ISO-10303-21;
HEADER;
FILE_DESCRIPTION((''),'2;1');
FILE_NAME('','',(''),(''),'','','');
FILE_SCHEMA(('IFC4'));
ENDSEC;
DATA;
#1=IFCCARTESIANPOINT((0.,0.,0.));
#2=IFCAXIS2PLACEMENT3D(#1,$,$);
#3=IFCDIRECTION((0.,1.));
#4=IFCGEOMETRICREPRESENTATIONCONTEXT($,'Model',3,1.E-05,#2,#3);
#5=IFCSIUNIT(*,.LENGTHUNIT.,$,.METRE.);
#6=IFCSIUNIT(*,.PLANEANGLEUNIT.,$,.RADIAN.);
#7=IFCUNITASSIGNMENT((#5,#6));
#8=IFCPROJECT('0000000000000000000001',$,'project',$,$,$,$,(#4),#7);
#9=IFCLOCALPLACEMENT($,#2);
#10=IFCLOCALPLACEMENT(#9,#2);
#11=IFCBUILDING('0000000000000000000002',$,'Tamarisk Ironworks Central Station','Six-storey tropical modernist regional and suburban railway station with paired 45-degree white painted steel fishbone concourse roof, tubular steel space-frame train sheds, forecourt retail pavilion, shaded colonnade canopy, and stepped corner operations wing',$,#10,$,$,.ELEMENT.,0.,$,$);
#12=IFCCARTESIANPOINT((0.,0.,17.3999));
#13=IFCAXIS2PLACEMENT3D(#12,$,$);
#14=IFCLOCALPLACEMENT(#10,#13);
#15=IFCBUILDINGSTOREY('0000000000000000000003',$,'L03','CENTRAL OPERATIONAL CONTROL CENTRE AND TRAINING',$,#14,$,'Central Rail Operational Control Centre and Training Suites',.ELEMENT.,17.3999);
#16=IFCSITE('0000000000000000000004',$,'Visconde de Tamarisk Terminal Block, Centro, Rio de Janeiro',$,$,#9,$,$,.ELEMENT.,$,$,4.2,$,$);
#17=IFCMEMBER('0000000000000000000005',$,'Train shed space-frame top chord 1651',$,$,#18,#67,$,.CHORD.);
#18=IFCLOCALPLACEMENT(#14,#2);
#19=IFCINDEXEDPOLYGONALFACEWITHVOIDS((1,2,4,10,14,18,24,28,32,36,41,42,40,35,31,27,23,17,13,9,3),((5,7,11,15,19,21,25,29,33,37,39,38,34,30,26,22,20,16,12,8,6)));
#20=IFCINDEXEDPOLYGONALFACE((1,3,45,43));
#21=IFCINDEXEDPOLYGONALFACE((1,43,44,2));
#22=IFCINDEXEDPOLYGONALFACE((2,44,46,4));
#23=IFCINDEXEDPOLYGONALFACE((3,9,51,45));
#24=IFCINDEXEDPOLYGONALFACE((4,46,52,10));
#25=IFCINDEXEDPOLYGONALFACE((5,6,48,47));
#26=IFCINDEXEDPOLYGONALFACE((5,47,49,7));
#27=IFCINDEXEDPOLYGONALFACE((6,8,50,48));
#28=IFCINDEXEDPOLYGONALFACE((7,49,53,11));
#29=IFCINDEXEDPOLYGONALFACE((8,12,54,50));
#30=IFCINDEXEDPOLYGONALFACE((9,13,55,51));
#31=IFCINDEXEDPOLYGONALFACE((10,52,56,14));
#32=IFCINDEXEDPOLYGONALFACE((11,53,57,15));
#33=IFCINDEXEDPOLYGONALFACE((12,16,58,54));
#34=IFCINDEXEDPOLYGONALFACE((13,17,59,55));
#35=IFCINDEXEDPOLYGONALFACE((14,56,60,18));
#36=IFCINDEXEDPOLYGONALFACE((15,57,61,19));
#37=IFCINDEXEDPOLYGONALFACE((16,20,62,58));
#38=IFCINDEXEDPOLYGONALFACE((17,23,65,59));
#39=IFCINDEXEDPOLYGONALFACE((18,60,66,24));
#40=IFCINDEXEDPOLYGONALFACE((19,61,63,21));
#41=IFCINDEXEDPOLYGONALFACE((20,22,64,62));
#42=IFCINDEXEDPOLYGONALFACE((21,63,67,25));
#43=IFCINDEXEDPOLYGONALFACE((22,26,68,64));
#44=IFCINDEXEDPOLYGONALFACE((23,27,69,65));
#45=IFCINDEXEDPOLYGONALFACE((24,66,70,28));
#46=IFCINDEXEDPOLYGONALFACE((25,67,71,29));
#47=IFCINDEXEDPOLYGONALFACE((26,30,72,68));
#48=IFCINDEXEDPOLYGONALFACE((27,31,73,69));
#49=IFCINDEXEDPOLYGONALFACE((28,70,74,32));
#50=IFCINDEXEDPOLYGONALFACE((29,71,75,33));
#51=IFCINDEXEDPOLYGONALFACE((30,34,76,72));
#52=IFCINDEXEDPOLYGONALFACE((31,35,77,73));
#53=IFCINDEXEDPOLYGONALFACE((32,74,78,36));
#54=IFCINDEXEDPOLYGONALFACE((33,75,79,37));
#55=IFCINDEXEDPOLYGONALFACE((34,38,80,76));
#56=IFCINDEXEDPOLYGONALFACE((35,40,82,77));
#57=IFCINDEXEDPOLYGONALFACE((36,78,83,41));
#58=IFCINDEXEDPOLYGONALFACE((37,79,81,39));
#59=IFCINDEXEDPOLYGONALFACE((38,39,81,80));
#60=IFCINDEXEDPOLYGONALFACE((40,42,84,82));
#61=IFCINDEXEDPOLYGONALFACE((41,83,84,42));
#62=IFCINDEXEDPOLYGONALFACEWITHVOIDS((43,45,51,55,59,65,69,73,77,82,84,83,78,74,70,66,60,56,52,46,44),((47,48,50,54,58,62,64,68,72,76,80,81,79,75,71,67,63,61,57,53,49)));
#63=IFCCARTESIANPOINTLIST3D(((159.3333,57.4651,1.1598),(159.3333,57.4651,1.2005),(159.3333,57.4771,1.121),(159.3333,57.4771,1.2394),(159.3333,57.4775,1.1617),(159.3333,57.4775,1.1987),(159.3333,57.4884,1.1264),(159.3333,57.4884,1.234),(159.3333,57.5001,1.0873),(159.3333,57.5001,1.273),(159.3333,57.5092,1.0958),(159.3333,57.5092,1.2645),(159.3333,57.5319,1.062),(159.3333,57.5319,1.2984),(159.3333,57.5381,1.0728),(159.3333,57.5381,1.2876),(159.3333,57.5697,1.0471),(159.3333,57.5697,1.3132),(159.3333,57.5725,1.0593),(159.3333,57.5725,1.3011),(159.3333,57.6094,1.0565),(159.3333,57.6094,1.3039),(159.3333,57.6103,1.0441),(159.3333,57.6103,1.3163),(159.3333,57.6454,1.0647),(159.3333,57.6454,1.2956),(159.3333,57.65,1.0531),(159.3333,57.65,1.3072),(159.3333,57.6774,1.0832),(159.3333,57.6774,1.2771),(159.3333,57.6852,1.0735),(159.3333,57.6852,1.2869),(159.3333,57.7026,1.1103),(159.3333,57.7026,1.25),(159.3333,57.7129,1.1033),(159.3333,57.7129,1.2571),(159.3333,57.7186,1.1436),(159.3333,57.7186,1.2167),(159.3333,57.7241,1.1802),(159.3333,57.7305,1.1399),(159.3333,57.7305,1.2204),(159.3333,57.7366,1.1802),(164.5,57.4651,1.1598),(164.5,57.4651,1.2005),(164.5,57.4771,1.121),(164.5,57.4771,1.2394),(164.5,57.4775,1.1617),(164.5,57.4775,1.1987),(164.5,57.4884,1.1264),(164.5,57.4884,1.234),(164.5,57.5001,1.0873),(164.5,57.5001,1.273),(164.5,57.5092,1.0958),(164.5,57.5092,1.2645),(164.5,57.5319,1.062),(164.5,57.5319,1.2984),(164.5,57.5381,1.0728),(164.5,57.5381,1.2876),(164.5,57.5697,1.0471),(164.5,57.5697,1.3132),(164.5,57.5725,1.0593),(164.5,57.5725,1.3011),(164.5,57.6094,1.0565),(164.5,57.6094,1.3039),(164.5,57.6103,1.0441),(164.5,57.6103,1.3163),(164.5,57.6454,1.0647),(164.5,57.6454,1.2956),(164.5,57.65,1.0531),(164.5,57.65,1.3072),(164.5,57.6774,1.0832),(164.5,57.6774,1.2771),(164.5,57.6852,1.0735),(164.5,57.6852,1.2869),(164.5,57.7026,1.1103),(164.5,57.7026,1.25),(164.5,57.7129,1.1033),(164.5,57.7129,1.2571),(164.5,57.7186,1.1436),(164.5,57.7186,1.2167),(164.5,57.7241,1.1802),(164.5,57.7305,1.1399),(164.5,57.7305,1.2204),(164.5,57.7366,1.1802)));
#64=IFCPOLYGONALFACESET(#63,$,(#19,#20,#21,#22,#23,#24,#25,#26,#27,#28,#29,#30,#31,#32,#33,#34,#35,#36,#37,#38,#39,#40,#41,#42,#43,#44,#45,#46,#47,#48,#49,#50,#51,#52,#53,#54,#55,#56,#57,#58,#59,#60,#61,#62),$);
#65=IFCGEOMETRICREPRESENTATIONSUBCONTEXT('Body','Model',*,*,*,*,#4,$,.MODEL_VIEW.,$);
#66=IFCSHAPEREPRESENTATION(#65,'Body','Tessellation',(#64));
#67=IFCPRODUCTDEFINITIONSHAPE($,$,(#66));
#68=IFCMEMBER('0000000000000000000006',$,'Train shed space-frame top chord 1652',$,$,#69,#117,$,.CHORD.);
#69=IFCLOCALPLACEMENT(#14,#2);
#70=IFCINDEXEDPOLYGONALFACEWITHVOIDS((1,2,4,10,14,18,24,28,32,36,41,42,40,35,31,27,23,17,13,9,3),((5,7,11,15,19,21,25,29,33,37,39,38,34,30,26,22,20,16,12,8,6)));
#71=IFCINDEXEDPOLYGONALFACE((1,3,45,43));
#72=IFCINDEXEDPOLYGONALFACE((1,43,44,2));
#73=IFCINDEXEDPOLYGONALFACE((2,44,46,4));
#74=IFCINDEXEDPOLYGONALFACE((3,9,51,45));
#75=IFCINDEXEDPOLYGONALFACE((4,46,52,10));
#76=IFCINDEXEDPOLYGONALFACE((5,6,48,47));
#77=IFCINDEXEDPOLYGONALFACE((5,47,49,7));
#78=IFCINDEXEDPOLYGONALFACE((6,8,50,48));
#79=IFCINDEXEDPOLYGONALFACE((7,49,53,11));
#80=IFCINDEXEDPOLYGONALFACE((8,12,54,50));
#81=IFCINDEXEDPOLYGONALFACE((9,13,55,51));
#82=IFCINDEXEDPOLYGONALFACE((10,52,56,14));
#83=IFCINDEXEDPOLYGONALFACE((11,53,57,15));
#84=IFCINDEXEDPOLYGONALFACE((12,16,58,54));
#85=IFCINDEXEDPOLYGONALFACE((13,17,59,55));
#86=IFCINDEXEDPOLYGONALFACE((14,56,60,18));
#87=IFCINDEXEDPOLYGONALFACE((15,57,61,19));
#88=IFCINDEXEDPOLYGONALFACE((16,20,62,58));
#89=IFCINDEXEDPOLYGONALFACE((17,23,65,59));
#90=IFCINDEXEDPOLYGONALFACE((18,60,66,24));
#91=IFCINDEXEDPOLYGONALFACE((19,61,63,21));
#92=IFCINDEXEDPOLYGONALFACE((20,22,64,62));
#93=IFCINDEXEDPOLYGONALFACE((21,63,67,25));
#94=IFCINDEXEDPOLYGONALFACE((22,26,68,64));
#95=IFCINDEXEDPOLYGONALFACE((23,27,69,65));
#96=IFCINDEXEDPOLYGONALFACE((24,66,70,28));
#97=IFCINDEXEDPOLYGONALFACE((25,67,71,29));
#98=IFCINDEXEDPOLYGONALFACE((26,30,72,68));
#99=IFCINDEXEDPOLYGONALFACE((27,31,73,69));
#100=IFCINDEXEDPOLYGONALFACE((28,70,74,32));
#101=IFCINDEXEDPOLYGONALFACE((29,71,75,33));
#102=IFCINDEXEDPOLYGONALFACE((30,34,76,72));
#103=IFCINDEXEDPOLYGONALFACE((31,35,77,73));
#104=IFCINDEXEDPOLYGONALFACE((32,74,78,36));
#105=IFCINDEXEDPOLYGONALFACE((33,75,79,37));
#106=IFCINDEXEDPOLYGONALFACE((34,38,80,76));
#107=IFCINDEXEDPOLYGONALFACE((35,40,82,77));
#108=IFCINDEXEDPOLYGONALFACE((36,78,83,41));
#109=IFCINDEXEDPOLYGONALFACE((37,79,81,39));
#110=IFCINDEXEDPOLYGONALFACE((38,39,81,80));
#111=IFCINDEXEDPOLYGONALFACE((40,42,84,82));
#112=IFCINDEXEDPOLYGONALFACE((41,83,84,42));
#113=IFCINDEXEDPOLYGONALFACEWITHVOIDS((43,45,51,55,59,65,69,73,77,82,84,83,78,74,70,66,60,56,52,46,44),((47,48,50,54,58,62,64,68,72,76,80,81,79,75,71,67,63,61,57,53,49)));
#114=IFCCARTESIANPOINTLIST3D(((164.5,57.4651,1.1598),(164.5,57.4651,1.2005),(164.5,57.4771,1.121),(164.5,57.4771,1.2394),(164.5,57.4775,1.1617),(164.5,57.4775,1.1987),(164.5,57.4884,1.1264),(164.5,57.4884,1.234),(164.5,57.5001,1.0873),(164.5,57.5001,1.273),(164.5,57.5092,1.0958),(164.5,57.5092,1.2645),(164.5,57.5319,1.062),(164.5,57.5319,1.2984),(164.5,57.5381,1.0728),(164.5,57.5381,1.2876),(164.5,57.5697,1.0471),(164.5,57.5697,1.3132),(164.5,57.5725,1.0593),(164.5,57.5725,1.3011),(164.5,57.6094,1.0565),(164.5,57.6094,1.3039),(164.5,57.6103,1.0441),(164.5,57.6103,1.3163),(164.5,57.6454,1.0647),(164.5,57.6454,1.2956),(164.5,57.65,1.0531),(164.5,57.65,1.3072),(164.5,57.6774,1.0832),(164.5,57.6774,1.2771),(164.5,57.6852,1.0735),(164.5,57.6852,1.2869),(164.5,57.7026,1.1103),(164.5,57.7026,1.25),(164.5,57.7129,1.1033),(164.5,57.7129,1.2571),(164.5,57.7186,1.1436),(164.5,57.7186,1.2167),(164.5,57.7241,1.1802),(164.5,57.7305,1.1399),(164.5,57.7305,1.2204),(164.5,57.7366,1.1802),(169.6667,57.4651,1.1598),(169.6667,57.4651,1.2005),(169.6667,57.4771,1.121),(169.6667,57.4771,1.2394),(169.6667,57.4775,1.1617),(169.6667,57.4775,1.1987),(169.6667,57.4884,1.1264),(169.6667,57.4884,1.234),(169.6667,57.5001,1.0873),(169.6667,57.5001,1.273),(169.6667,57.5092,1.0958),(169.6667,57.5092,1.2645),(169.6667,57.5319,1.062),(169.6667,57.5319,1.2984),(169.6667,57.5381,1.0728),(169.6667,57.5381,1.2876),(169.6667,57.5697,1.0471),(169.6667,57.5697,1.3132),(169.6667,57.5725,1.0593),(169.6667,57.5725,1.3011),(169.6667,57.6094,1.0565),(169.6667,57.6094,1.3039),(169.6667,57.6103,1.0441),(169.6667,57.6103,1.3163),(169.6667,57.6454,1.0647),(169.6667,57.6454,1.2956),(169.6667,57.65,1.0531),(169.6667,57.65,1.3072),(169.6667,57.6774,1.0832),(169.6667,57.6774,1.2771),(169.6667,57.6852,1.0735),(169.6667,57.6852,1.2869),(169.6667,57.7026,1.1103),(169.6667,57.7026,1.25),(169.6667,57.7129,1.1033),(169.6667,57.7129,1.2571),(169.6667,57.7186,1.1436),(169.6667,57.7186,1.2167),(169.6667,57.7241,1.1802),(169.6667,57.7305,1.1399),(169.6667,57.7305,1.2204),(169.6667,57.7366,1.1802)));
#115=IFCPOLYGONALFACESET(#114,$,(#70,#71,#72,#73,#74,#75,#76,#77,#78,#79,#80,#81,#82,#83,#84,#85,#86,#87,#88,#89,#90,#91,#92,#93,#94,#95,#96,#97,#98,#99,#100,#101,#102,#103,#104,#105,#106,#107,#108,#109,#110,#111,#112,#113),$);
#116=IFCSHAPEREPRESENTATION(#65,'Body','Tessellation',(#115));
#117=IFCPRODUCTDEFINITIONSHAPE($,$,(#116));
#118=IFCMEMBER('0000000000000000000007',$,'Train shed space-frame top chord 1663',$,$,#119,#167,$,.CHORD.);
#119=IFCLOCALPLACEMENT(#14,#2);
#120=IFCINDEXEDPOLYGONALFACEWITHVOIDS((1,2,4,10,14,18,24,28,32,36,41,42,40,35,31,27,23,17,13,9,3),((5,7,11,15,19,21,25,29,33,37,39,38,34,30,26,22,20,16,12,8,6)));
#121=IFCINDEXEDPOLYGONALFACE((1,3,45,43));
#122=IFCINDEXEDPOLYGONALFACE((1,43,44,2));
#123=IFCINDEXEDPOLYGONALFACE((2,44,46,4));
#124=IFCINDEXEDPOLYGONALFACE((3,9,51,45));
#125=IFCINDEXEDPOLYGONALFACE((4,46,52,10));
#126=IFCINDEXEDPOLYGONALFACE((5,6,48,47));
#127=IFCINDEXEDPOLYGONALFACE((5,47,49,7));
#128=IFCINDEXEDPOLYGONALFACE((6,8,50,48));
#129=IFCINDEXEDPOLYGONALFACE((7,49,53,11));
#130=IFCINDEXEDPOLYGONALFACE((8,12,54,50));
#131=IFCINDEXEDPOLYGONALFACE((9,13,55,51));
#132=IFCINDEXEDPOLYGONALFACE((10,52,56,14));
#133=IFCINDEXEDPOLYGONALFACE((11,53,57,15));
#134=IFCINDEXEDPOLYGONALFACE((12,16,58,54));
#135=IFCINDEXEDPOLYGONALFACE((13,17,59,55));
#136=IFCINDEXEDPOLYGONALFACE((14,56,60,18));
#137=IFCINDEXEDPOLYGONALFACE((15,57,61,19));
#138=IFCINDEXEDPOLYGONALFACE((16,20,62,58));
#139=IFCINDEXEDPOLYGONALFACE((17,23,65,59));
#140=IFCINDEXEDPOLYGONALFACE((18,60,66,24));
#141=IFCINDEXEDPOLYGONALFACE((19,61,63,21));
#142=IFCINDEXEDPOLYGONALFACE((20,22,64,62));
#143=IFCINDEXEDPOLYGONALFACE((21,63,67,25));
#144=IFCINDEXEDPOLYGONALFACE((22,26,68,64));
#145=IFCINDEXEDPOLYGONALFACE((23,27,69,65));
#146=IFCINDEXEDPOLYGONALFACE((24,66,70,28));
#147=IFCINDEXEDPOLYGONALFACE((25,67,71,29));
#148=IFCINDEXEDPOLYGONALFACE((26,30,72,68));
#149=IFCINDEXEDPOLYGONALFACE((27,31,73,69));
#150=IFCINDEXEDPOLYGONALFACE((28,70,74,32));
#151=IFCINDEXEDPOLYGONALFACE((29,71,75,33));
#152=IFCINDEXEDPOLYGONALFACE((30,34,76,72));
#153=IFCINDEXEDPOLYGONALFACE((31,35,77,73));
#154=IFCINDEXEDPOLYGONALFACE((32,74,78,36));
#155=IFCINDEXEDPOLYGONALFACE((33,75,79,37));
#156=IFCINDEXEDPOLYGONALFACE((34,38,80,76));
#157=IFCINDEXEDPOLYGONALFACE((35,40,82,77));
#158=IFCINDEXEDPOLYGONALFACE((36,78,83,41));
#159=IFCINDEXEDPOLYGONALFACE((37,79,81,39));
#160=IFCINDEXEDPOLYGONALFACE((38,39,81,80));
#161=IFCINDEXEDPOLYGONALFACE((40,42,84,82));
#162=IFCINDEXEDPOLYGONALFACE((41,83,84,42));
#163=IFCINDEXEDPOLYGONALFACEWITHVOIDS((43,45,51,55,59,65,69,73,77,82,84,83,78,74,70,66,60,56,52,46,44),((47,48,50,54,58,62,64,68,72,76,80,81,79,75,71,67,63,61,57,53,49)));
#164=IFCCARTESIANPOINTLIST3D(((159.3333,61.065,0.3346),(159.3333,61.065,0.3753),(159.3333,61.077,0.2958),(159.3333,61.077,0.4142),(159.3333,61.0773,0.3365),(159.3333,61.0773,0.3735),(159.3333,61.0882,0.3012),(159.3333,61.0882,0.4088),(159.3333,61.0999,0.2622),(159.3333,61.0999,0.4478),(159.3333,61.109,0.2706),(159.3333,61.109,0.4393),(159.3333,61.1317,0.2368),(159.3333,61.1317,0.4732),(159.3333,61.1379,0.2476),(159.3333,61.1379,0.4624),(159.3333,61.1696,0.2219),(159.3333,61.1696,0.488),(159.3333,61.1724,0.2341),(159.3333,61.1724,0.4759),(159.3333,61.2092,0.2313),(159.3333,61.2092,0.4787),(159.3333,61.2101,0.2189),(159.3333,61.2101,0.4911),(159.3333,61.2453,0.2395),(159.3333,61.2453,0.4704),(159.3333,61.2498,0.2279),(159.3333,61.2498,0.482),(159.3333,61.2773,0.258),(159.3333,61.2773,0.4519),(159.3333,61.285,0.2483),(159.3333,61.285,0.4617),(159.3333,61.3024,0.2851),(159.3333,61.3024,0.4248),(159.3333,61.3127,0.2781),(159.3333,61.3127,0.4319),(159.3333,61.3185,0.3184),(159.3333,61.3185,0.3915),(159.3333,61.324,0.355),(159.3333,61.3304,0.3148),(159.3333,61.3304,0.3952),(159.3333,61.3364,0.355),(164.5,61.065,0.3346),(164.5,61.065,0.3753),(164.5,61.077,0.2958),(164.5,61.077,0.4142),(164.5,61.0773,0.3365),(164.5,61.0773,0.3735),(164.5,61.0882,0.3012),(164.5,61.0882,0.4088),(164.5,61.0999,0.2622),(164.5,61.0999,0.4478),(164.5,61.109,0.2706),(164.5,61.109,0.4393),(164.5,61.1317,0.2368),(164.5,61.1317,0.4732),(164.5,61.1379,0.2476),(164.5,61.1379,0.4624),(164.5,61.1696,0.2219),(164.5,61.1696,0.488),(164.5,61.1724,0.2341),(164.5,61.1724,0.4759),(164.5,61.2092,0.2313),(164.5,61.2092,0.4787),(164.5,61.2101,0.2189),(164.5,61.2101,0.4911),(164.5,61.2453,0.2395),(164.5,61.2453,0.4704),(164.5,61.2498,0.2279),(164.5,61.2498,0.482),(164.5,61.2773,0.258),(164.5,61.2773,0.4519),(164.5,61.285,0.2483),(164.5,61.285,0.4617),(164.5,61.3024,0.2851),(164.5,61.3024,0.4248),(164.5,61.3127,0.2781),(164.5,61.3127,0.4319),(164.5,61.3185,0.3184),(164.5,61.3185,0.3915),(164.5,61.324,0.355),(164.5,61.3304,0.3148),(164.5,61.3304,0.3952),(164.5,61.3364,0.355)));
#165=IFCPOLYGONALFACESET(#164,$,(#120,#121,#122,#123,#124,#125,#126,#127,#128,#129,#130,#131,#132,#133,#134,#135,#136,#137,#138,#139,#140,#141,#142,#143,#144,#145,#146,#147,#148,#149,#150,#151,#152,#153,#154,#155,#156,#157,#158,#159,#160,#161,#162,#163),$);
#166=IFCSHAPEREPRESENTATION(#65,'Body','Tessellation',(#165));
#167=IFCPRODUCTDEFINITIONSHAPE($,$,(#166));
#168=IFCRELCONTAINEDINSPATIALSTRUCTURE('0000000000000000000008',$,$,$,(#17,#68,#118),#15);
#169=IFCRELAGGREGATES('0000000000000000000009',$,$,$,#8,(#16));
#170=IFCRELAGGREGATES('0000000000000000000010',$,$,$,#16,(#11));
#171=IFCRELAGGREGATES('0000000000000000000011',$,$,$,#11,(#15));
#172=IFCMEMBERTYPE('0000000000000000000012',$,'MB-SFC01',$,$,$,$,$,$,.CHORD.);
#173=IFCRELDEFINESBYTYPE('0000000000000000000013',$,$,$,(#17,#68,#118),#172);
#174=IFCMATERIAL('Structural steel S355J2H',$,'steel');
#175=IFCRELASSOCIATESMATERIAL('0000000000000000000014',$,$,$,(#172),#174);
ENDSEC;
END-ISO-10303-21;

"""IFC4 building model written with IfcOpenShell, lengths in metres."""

from ifc_helpers import new_model, si_unit, direction, frame, origin, origin_2d, place, context, subcontext, project, spatial, hollow_circle, extrude, material, material_profile, profile_set, type_object, element, save


model = new_model("IFC4")

# Units and contexts
model_context = context("Model", 3, precision=1e-05, world=origin(), true_north=direction((0.0, 1.0)))
body_context = subcontext(model_context, "Body", "Model", "MODEL_VIEW")
ifc_project = project(units=[si_unit("LENGTHUNIT", "METRE"), si_unit("PLANEANGLEUNIT", "RADIAN")], contexts=[model_context])

# Site, building, storey
site_placement = place(None, origin())
site = spatial("IfcSite", under=ifc_project, at=site_placement, Name="Visconde de Tamarisk Terminal Block, Centro, Rio de Janeiro", CompositionType="ELEMENT", RefElevation=4.2)
building_placement = place(site_placement, origin())
building = spatial("IfcBuilding", under=site, at=building_placement, Name="Tamarisk Ironworks Central Station", Description="Six-storey tropical modernist regional and suburban railway station with paired 45-degree white painted steel fishbone concourse roof, tubular steel space-frame train sheds, forecourt retail pavilion, shaded colonnade canopy, and stepped corner operations wing", CompositionType="ELEMENT", ElevationOfRefHeight=0.0)
storey_placement = place(building_placement, frame((0.0, 0.0, 17.3999)))
storey = spatial("IfcBuildingStorey", under=building, at=storey_placement, Name="L03", Description="CENTRAL OPERATIONAL CONTROL CENTRE AND TRAINING", LongName="Central Rail Operational Control Centre and Training Suites", CompositionType="ELEMENT", Elevation=17.3999)

# Members
ifc_material = material(Name="Structural steel S355J2H", Category="steel")
ifc_material_profile_1 = material_profile(ifc_material, hollow_circle(Radius=0.1365, WallThickness=0.0125, at=origin_2d()), Name="CHS 273x12.5")
ifc_profile_set_1 = profile_set([ifc_material_profile_1], Name="Structural steel S355J2H")
member_type_1 = type_object("IfcMemberType", Name="MB-SFC01", PredefinedType="CHORD", material=ifc_profile_set_1)
for number, where, z_axis, x_axis, name in (
    (1, (159.3333, 57.6001, 1.1802), (1.0, 0.0, 0.0), (0.0, 1.0, 0.0), "Train shed space-frame top chord 1651"),
    (2, (164.5, 57.6001, 1.1802), (1.0, 0.0, 0.0), (0.0, 1.0, 0.0), "Train shed space-frame top chord 1652"),
    (3, (159.3333, 61.2, 0.355), (1.0, 0.0, 0.0), (0.0, 1.0, 0.0), "Train shed space-frame top chord 1663"),
):
    element("IfcMember", number, at=place(storey_placement, frame(where, z_axis=z_axis, x_axis=x_axis)), inside=storey, type_object=member_type_1, Name=name, PredefinedType="CHORD", context=body_context, shape_type="SweptSolid", body=[
        extrude(hollow_circle(Radius=0.1365, WallThickness=0.0125, at=origin_2d()), origin(), (0.0, 0.0, 1.0), 5.1667),
    ])

save(model, "model.ifc")
